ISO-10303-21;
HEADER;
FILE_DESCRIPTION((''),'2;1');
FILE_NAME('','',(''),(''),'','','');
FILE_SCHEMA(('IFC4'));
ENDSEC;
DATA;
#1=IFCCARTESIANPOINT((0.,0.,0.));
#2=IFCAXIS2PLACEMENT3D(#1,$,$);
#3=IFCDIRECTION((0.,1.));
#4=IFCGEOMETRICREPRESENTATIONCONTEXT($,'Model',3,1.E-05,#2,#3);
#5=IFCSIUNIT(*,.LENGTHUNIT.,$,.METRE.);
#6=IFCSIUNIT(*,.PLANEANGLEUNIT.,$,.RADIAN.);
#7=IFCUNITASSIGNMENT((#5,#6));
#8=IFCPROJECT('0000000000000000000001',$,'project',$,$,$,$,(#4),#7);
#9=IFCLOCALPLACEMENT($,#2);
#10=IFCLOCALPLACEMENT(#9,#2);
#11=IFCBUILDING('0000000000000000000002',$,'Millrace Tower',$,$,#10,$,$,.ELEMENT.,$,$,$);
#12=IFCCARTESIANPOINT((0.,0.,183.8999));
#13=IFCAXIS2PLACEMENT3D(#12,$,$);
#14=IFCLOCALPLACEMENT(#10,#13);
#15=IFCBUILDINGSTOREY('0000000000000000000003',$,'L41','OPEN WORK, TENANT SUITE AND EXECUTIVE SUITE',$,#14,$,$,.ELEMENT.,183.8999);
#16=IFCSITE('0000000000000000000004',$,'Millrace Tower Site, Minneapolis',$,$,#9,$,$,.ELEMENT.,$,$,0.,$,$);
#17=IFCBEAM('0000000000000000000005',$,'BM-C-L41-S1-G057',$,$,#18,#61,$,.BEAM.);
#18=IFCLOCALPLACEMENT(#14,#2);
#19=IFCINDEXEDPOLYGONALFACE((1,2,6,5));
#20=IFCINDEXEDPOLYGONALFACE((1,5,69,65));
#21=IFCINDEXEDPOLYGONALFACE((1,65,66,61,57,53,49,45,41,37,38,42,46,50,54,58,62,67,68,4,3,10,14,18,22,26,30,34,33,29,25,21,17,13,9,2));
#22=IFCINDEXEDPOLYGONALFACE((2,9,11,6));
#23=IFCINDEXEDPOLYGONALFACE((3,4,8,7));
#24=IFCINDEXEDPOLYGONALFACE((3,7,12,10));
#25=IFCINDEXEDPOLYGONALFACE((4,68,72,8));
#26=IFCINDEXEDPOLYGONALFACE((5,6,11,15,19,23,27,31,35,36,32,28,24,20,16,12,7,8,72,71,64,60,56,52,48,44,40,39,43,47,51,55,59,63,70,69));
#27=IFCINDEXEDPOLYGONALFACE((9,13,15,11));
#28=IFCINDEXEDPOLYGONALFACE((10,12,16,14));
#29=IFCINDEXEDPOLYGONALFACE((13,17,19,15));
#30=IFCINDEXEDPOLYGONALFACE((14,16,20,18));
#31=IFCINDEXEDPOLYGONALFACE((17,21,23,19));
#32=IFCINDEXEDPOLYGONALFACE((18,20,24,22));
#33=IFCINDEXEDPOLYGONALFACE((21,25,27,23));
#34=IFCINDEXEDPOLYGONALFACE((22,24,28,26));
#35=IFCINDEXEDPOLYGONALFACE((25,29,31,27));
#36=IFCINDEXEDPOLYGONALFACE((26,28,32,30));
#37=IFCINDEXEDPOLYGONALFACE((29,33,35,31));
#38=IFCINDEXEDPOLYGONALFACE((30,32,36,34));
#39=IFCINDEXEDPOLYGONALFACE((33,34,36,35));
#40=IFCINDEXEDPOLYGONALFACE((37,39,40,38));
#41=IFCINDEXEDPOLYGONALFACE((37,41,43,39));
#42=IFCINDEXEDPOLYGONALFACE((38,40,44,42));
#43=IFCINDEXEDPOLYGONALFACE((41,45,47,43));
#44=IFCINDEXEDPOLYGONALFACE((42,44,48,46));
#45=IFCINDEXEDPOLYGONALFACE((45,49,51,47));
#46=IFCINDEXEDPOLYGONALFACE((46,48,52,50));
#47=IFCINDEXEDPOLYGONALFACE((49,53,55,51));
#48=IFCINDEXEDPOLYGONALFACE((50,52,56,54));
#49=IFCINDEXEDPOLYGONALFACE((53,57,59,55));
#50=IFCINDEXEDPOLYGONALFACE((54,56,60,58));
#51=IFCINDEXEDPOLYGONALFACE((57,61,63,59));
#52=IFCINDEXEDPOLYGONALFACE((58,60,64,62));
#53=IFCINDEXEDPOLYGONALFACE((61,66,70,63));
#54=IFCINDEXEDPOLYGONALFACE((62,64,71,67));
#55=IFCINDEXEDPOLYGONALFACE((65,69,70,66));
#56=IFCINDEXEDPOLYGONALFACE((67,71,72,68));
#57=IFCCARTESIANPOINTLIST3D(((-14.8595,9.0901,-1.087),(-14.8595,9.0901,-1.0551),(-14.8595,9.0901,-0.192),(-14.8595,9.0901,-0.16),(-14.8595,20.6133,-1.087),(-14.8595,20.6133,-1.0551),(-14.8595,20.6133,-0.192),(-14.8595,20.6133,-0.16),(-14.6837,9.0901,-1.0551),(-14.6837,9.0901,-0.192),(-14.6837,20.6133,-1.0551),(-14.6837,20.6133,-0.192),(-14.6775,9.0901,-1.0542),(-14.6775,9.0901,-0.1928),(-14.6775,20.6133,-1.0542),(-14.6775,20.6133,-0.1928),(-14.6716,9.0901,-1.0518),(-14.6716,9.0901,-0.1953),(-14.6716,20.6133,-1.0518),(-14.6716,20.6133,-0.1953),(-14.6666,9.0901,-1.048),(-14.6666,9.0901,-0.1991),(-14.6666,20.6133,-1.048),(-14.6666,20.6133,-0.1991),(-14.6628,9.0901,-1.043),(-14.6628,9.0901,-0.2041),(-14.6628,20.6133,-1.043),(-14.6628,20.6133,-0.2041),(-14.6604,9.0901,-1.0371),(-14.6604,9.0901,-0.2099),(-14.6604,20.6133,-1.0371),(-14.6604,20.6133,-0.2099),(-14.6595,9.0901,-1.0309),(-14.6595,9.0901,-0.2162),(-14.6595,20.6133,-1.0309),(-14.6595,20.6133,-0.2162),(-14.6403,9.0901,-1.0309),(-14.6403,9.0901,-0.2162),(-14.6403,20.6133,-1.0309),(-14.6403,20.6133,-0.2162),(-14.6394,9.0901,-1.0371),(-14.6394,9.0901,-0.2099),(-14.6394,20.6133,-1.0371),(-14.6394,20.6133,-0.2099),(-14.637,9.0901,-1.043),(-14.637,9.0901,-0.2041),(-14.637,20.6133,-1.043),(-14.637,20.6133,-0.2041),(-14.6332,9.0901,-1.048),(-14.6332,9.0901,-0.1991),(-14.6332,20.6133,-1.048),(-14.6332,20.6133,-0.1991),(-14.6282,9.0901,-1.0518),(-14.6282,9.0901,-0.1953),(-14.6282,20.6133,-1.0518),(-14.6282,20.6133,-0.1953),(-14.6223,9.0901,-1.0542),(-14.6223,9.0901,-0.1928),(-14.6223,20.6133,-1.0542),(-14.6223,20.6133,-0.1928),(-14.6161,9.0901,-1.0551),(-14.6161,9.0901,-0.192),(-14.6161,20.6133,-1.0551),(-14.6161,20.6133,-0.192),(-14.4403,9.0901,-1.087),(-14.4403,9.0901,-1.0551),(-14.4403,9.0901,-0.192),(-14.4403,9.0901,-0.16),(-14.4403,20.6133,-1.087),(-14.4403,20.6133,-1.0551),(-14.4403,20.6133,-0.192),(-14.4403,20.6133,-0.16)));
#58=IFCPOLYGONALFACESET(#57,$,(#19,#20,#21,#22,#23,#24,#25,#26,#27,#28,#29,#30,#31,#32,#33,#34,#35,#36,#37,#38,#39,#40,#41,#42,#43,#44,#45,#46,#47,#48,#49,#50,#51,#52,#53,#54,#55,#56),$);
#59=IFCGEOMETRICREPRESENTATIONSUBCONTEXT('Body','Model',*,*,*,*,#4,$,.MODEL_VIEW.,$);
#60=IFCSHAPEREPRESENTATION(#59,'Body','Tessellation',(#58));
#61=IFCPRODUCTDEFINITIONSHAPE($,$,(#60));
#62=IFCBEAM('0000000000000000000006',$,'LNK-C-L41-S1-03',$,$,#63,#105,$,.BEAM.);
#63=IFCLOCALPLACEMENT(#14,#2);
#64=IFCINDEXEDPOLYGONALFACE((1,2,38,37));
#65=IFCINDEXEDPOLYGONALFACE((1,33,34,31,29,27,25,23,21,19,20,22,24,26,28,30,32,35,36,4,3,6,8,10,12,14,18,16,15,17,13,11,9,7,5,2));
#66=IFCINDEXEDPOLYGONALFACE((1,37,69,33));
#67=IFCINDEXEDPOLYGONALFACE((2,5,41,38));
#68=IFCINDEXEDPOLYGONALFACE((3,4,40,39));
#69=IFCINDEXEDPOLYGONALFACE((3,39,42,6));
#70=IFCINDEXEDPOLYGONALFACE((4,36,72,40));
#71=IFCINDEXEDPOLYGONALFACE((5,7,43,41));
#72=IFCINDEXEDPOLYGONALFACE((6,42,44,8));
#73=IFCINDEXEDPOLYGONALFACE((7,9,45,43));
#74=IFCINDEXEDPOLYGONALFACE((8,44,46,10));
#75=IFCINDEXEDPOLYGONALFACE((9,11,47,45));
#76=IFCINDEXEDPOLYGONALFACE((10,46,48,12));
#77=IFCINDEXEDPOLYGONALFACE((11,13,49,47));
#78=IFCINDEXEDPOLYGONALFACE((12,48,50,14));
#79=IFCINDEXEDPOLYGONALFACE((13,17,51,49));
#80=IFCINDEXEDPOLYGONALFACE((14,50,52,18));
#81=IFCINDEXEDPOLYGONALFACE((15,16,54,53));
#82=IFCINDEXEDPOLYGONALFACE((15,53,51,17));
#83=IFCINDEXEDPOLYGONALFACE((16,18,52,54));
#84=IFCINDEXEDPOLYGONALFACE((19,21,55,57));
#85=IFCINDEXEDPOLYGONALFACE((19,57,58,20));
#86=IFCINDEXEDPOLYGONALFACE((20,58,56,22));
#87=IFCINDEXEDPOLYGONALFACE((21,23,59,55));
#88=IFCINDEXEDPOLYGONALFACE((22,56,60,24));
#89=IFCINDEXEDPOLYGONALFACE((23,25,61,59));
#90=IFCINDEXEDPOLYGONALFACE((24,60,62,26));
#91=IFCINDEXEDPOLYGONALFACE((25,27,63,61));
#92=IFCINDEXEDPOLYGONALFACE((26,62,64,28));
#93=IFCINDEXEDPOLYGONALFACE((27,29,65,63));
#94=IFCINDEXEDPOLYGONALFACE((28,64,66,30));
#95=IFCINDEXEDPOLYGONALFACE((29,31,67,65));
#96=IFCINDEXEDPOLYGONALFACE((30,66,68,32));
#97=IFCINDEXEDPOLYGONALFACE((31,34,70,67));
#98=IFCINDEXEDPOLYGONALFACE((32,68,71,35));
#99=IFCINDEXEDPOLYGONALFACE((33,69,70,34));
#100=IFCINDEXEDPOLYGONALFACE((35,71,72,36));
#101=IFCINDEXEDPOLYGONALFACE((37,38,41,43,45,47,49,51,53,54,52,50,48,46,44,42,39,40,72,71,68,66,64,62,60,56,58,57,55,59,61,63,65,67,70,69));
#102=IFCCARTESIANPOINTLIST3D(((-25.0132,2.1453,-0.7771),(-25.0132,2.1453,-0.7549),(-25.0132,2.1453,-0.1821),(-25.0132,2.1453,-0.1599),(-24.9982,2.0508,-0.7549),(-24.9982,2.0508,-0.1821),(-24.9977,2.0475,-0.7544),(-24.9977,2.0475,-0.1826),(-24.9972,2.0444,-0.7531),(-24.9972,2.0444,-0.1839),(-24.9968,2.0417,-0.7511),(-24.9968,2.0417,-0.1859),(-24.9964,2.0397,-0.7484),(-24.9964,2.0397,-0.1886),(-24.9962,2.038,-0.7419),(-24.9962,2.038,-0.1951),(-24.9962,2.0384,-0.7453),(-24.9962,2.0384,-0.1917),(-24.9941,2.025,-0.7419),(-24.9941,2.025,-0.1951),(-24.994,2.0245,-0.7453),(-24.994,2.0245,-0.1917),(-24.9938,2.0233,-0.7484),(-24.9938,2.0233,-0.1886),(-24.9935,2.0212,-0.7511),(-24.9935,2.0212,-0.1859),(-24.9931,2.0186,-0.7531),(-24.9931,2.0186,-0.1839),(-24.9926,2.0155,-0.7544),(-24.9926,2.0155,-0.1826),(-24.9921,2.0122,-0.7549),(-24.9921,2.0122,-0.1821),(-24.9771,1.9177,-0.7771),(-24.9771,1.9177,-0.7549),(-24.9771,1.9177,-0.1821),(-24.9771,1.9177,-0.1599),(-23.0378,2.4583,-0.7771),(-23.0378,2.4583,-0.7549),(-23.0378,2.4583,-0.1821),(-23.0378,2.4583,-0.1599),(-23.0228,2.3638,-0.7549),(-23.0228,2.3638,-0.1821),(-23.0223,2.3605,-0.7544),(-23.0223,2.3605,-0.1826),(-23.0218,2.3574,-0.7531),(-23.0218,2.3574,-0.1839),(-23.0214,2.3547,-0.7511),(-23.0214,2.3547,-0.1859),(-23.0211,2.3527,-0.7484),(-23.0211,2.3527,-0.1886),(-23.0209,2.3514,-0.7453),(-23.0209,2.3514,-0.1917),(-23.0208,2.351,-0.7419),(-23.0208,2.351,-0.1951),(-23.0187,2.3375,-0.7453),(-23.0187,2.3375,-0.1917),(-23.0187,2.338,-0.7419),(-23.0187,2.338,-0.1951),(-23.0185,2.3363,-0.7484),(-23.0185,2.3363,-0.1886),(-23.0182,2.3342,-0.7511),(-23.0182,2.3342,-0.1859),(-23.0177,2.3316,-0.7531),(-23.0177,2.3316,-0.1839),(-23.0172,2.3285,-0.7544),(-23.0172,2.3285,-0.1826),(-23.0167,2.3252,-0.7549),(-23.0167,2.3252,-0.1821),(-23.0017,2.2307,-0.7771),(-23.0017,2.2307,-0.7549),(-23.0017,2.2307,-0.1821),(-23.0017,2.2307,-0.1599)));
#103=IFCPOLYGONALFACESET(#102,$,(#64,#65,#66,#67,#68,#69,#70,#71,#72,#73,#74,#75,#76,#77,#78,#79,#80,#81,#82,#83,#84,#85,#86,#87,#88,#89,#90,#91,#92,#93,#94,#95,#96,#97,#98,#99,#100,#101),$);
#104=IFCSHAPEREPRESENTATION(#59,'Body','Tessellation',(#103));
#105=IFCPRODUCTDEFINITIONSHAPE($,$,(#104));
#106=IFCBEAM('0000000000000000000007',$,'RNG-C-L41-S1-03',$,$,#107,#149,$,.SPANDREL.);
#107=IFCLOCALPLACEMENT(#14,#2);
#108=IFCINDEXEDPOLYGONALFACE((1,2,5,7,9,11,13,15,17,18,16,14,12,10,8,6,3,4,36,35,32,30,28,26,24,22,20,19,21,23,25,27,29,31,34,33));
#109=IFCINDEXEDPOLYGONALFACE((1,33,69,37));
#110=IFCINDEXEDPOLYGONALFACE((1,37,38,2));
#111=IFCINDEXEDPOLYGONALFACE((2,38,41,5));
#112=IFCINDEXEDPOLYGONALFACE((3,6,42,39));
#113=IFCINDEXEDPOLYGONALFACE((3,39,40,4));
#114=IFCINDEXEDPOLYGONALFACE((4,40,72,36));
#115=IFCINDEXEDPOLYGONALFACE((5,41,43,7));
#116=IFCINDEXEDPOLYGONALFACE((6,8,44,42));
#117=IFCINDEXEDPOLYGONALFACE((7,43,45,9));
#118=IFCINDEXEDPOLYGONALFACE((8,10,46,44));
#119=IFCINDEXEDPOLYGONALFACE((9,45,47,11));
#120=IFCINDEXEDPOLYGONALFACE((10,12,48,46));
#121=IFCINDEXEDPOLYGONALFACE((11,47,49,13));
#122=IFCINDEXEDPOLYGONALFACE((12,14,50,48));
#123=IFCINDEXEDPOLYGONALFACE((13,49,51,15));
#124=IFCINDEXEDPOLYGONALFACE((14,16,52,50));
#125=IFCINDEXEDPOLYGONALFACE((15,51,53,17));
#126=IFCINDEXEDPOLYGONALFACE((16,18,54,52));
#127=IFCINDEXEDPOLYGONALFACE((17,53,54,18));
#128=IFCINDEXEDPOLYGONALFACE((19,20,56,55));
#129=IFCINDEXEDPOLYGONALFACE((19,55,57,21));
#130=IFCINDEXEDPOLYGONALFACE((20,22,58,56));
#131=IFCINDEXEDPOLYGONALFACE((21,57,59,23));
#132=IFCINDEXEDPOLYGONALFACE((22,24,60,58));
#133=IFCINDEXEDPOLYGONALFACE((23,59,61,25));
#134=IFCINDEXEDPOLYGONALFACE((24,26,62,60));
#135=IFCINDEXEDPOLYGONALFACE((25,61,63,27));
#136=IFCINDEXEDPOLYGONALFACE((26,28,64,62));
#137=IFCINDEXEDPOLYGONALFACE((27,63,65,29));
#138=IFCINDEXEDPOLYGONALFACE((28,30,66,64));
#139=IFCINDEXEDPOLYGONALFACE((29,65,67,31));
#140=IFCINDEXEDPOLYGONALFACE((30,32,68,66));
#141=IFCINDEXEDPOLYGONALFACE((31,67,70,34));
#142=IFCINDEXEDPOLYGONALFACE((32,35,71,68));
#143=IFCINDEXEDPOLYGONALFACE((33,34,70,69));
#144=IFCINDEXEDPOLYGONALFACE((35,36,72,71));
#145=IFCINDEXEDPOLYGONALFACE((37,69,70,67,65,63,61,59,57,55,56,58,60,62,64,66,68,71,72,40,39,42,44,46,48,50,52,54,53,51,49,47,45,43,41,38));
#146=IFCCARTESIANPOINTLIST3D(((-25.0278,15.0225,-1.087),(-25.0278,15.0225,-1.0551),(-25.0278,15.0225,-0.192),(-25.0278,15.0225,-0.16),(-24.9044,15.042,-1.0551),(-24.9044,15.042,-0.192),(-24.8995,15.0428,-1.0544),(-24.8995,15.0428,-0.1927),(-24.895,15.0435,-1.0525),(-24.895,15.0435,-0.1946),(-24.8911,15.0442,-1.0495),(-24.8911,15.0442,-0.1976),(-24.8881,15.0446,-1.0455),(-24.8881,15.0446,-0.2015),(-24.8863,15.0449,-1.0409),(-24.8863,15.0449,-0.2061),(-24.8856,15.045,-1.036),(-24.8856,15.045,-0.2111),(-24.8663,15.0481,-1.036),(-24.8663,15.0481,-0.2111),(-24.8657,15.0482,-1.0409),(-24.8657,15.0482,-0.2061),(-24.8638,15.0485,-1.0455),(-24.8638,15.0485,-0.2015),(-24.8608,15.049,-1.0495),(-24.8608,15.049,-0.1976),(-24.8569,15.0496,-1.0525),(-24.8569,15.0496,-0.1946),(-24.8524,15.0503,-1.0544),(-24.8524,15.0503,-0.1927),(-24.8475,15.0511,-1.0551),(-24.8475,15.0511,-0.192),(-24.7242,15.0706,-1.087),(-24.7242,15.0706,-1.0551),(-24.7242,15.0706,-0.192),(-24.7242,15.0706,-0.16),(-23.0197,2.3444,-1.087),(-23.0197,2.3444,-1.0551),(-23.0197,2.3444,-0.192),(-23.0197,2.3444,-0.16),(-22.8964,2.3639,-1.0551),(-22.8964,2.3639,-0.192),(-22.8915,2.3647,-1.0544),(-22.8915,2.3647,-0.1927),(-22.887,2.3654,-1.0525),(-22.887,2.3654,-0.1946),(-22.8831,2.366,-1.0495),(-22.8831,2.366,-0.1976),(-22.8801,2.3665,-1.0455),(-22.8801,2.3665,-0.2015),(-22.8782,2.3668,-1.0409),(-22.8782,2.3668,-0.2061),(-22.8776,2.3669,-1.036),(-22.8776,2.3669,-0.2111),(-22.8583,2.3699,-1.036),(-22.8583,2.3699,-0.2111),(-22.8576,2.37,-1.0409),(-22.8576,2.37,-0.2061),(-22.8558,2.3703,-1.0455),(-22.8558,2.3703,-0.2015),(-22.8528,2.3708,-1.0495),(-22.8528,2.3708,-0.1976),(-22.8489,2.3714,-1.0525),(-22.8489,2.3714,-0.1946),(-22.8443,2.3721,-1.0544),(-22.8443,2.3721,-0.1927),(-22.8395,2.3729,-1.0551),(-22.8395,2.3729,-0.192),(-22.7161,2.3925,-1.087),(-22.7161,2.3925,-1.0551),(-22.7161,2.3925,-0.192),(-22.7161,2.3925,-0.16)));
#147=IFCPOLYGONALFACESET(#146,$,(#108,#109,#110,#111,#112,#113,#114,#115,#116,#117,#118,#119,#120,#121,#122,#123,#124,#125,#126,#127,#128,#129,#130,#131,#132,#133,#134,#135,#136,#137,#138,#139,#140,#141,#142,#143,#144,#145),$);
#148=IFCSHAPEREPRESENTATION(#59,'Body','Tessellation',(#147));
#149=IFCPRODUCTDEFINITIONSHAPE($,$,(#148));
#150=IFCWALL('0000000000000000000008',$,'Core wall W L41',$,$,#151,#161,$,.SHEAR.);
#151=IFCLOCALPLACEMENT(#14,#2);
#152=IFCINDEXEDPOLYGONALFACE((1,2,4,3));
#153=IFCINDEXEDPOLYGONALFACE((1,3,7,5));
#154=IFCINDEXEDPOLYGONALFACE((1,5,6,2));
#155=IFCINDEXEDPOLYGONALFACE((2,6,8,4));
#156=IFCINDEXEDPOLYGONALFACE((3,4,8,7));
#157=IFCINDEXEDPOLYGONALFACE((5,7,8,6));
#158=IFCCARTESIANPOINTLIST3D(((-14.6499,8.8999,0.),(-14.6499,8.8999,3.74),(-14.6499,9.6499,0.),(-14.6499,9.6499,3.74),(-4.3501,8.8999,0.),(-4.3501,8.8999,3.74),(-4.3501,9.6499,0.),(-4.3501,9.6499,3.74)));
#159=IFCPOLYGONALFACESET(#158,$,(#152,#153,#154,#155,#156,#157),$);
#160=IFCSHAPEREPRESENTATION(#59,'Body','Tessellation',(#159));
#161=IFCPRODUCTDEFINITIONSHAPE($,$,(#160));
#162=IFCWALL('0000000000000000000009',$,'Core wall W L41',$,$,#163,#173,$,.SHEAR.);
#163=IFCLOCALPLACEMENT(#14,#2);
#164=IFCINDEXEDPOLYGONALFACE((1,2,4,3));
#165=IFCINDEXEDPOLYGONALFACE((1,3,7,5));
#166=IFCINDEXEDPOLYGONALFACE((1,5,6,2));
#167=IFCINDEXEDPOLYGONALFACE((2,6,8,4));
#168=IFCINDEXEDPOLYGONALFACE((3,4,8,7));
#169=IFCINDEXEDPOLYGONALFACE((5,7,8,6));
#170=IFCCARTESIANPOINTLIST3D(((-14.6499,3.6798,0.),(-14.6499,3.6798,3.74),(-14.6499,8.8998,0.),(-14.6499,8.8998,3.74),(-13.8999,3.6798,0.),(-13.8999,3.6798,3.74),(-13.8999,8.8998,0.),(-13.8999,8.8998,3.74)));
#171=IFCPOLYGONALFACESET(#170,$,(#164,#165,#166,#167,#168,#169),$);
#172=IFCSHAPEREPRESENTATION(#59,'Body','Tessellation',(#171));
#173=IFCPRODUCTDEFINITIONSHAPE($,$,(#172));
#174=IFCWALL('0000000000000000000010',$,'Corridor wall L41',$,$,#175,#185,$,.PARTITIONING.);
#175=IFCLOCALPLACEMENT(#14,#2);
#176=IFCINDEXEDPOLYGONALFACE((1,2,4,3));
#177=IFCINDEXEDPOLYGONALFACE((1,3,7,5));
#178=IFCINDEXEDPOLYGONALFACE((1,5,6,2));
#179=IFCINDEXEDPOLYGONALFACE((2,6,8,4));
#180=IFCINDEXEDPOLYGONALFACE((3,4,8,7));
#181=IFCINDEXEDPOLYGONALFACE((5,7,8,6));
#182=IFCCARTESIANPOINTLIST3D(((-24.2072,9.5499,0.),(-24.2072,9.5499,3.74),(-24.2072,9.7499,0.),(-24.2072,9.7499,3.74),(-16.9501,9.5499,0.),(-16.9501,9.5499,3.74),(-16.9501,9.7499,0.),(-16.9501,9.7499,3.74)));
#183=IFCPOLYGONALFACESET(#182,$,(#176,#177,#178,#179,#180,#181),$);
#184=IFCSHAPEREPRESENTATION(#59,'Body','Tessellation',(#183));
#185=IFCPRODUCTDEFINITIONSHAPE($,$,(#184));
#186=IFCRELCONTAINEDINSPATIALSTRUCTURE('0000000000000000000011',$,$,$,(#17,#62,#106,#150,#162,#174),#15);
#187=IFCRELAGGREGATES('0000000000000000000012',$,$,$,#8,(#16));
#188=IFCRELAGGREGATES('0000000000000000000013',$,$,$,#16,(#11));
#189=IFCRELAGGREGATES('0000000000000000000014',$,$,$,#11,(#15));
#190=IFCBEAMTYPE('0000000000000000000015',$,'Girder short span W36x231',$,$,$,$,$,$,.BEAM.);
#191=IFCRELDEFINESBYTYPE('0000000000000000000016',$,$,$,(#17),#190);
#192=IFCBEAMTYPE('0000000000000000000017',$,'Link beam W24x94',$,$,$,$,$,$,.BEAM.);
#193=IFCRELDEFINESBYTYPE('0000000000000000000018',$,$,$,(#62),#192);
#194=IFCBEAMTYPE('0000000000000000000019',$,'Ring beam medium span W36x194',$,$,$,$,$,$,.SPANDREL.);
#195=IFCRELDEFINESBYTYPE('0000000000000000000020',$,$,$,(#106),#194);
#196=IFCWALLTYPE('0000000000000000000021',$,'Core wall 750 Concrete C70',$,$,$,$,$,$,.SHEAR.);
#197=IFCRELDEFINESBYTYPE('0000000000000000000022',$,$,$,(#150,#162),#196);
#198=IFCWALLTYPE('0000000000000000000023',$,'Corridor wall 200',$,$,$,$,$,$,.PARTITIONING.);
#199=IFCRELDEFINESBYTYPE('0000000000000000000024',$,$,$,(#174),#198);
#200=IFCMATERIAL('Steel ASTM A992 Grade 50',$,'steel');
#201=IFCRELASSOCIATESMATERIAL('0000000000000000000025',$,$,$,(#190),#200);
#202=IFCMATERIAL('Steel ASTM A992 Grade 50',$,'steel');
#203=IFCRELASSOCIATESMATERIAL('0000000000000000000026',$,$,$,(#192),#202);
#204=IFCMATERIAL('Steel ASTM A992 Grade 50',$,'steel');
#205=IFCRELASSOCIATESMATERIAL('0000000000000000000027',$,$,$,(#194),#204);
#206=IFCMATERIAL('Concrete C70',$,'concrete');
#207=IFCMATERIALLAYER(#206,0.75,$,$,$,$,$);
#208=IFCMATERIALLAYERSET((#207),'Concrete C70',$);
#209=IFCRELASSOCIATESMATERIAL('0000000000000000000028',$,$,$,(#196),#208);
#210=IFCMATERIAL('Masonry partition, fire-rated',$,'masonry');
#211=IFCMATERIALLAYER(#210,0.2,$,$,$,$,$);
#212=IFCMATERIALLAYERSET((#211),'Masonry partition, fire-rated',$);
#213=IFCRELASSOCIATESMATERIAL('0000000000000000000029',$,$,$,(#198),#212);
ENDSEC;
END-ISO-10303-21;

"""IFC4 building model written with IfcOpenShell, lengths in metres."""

from ifc_helpers import new_model, si_unit, direction, frame, frame_2d, origin, origin_2d, place, context, subcontext, project, spatial, rectangle, i_section, extrude, material, layer, layer_set, material_profile, profile_set, type_object, element, save


model = new_model("IFC4")

# Units and contexts
model_context = context("Model", 3, precision=1e-05, world=origin(), true_north=direction((0.0, 1.0)))
body_context = subcontext(model_context, "Body", "Model", "MODEL_VIEW")
ifc_project = project(units=[si_unit("LENGTHUNIT", "METRE"), si_unit("PLANEANGLEUNIT", "RADIAN")], contexts=[model_context])

# Site, building, storey
site_placement = place(None, origin())
site = spatial("IfcSite", under=ifc_project, at=site_placement, Name="Millrace Tower Site, Minneapolis", CompositionType="ELEMENT", RefElevation=0.0)
building_placement = place(site_placement, origin())
building = spatial("IfcBuilding", under=site, at=building_placement, Name="Millrace Tower", CompositionType="ELEMENT")
storey_placement = place(building_placement, frame((0.0, 0.0, 183.8999)))
storey = spatial("IfcBuildingStorey", under=building, at=storey_placement, Name="L41", Description="OPEN WORK, TENANT SUITE AND EXECUTIVE SUITE", CompositionType="ELEMENT", Elevation=183.8999)

# Beams
ifc_material_1 = material(Name="Steel ASTM A992 Grade 50", Category="steel")
ifc_material_profile_1 = material_profile(ifc_material_1, i_section(OverallWidth=0.4192, OverallDepth=0.927, WebThickness=0.0193, FlangeThickness=0.032, FilletRadius=0.0242, at=origin_2d()))
ifc_profile_set_1 = profile_set([ifc_material_profile_1], Name="Steel ASTM A992 Grade 50")
beam_type_1 = type_object("IfcBeamType", Name="Girder short span W36x231", PredefinedType="BEAM", material=ifc_profile_set_1)
beam_1_placement = place(storey_placement, frame((-14.6499, 9.0901, -0.6235), z_axis=(0.0, 1.0, 0.0), x_axis=(-1.0, 0.0, 0.0)))
element("IfcBeam", 1, at=beam_1_placement, inside=storey, type_object=beam_type_1, Name="BM-C-L41-S1-G057", PredefinedType="BEAM", context=body_context, shape_type="SweptSolid", body=[
    extrude(i_section(OverallWidth=0.4192, OverallDepth=0.927, WebThickness=0.0193, FlangeThickness=0.032, FilletRadius=0.0242, at=origin_2d()), origin(), (0.0, 0.0, 1.0), 11.5232),
])
ifc_material_2 = material(Name="Steel ASTM A992 Grade 50", Category="steel")
ifc_material_profile_2 = material_profile(ifc_material_2, i_section(OverallWidth=0.2305, OverallDepth=0.6172, WebThickness=0.0132, FlangeThickness=0.0222, FilletRadius=0.0129, at=origin_2d()))
ifc_profile_set_2 = profile_set([ifc_material_profile_2], Name="Steel ASTM A992 Grade 50")
beam_type_2 = type_object("IfcBeamType", Name="Link beam W24x94", PredefinedType="BEAM", material=ifc_profile_set_2)
beam_2_placement = place(storey_placement, frame((-23.0198, 2.3445, -0.4685), z_axis=(-0.987679, -0.156495, 0.0), x_axis=(0.156495, -0.987679, 0.0)))
element("IfcBeam", 2, at=beam_2_placement, inside=storey, type_object=beam_type_2, Name="LNK-C-L41-S1-03", PredefinedType="BEAM", context=body_context, shape_type="SweptSolid", body=[
    extrude(i_section(OverallWidth=0.2305, OverallDepth=0.6172, WebThickness=0.0132, FlangeThickness=0.0222, FilletRadius=0.0129, at=origin_2d()), origin(), (0.0, 0.0, 1.0), 2.0),
])
ifc_material_3 = material(Name="Steel ASTM A992 Grade 50", Category="steel")
ifc_material_profile_3 = material_profile(ifc_material_3, i_section(OverallWidth=0.3074, OverallDepth=0.927, WebThickness=0.0195, FlangeThickness=0.032, FilletRadius=0.019, at=origin_2d()))
ifc_profile_set_3 = profile_set([ifc_material_profile_3], Name="Steel ASTM A992 Grade 50")
beam_type_3 = type_object("IfcBeamType", Name="Ring beam medium span W36x194", PredefinedType="SPANDREL", material=ifc_profile_set_3)
beam_3_placement = place(storey_placement, frame((-22.8679, 2.3684, -0.6235), z_axis=(-0.156436, 0.987688, 0.0), x_axis=(-0.987688, -0.156436, 0.0)))
element("IfcBeam", 3, at=beam_3_placement, inside=storey, type_object=beam_type_3, Name="RNG-C-L41-S1-03", PredefinedType="SPANDREL", context=body_context, shape_type="SweptSolid", body=[
    extrude(i_section(OverallWidth=0.3074, OverallDepth=0.927, WebThickness=0.0195, FlangeThickness=0.032, FilletRadius=0.019, at=origin_2d()), origin(), (0.0, 0.0, 1.0), 12.8362),
])

# Walls
ifc_material_4 = material(Name="Concrete C70", Category="concrete")
ifc_layer_1 = layer(ifc_material_4, 0.75)
ifc_layer_set_1 = layer_set([ifc_layer_1], Name="Concrete C70")
wall_type_1 = type_object("IfcWallType", Name="Core wall 750 Concrete C70", PredefinedType="SHEAR", material=ifc_layer_set_1)
wall_1_placement = place(storey_placement, frame((-14.6499, 9.2749, 0.0), z_axis=(0.0, 0.0, 1.0), x_axis=(1.0, 0.0, 0.0)))
element("IfcWall", 4, at=wall_1_placement, inside=storey, type_object=wall_type_1, Name="Core wall W L41", PredefinedType="SHEAR", context=body_context, shape_type="SweptSolid", body=[
    extrude(rectangle(XDim=10.2998, YDim=0.75, at=frame_2d((5.1499, 0.0))), origin(), (0.0, 0.0, 1.0), 3.74),
])
wall_2_placement = place(storey_placement, frame((-14.2749, 3.6799, 0.0), z_axis=(0.0, 0.0, 1.0), x_axis=(0.0, 1.0, 0.0)))
element("IfcWall", 5, at=wall_2_placement, inside=storey, type_object=wall_type_1, Name="Core wall W L41", PredefinedType="SHEAR", context=body_context, shape_type="SweptSolid", body=[
    extrude(rectangle(XDim=5.22, YDim=0.75, at=frame_2d((2.6099, 0.0))), origin(), (0.0, 0.0, 1.0), 3.74),
])
ifc_material_5 = material(Name="Masonry partition, fire-rated", Category="masonry")
ifc_layer_2 = layer(ifc_material_5, 0.2)
ifc_layer_set_2 = layer_set([ifc_layer_2], Name="Masonry partition, fire-rated")
wall_type_2 = type_object("IfcWallType", Name="Corridor wall 200", PredefinedType="PARTITIONING", material=ifc_layer_set_2)
wall_3_placement = place(storey_placement, frame((-24.207, 9.6499, 0.0), z_axis=(0.0, 0.0, 1.0), x_axis=(1.0, 0.0, 0.0)))
element("IfcWall", 6, at=wall_3_placement, inside=storey, type_object=wall_type_2, Name="Corridor wall L41", PredefinedType="PARTITIONING", context=body_context, shape_type="SweptSolid", body=[
    extrude(rectangle(XDim=7.2571, YDim=0.2, at=frame_2d((3.6284, 0.0))), origin(), (0.0, 0.0, 1.0), 3.74),
])

save(model, "model.ifc")
